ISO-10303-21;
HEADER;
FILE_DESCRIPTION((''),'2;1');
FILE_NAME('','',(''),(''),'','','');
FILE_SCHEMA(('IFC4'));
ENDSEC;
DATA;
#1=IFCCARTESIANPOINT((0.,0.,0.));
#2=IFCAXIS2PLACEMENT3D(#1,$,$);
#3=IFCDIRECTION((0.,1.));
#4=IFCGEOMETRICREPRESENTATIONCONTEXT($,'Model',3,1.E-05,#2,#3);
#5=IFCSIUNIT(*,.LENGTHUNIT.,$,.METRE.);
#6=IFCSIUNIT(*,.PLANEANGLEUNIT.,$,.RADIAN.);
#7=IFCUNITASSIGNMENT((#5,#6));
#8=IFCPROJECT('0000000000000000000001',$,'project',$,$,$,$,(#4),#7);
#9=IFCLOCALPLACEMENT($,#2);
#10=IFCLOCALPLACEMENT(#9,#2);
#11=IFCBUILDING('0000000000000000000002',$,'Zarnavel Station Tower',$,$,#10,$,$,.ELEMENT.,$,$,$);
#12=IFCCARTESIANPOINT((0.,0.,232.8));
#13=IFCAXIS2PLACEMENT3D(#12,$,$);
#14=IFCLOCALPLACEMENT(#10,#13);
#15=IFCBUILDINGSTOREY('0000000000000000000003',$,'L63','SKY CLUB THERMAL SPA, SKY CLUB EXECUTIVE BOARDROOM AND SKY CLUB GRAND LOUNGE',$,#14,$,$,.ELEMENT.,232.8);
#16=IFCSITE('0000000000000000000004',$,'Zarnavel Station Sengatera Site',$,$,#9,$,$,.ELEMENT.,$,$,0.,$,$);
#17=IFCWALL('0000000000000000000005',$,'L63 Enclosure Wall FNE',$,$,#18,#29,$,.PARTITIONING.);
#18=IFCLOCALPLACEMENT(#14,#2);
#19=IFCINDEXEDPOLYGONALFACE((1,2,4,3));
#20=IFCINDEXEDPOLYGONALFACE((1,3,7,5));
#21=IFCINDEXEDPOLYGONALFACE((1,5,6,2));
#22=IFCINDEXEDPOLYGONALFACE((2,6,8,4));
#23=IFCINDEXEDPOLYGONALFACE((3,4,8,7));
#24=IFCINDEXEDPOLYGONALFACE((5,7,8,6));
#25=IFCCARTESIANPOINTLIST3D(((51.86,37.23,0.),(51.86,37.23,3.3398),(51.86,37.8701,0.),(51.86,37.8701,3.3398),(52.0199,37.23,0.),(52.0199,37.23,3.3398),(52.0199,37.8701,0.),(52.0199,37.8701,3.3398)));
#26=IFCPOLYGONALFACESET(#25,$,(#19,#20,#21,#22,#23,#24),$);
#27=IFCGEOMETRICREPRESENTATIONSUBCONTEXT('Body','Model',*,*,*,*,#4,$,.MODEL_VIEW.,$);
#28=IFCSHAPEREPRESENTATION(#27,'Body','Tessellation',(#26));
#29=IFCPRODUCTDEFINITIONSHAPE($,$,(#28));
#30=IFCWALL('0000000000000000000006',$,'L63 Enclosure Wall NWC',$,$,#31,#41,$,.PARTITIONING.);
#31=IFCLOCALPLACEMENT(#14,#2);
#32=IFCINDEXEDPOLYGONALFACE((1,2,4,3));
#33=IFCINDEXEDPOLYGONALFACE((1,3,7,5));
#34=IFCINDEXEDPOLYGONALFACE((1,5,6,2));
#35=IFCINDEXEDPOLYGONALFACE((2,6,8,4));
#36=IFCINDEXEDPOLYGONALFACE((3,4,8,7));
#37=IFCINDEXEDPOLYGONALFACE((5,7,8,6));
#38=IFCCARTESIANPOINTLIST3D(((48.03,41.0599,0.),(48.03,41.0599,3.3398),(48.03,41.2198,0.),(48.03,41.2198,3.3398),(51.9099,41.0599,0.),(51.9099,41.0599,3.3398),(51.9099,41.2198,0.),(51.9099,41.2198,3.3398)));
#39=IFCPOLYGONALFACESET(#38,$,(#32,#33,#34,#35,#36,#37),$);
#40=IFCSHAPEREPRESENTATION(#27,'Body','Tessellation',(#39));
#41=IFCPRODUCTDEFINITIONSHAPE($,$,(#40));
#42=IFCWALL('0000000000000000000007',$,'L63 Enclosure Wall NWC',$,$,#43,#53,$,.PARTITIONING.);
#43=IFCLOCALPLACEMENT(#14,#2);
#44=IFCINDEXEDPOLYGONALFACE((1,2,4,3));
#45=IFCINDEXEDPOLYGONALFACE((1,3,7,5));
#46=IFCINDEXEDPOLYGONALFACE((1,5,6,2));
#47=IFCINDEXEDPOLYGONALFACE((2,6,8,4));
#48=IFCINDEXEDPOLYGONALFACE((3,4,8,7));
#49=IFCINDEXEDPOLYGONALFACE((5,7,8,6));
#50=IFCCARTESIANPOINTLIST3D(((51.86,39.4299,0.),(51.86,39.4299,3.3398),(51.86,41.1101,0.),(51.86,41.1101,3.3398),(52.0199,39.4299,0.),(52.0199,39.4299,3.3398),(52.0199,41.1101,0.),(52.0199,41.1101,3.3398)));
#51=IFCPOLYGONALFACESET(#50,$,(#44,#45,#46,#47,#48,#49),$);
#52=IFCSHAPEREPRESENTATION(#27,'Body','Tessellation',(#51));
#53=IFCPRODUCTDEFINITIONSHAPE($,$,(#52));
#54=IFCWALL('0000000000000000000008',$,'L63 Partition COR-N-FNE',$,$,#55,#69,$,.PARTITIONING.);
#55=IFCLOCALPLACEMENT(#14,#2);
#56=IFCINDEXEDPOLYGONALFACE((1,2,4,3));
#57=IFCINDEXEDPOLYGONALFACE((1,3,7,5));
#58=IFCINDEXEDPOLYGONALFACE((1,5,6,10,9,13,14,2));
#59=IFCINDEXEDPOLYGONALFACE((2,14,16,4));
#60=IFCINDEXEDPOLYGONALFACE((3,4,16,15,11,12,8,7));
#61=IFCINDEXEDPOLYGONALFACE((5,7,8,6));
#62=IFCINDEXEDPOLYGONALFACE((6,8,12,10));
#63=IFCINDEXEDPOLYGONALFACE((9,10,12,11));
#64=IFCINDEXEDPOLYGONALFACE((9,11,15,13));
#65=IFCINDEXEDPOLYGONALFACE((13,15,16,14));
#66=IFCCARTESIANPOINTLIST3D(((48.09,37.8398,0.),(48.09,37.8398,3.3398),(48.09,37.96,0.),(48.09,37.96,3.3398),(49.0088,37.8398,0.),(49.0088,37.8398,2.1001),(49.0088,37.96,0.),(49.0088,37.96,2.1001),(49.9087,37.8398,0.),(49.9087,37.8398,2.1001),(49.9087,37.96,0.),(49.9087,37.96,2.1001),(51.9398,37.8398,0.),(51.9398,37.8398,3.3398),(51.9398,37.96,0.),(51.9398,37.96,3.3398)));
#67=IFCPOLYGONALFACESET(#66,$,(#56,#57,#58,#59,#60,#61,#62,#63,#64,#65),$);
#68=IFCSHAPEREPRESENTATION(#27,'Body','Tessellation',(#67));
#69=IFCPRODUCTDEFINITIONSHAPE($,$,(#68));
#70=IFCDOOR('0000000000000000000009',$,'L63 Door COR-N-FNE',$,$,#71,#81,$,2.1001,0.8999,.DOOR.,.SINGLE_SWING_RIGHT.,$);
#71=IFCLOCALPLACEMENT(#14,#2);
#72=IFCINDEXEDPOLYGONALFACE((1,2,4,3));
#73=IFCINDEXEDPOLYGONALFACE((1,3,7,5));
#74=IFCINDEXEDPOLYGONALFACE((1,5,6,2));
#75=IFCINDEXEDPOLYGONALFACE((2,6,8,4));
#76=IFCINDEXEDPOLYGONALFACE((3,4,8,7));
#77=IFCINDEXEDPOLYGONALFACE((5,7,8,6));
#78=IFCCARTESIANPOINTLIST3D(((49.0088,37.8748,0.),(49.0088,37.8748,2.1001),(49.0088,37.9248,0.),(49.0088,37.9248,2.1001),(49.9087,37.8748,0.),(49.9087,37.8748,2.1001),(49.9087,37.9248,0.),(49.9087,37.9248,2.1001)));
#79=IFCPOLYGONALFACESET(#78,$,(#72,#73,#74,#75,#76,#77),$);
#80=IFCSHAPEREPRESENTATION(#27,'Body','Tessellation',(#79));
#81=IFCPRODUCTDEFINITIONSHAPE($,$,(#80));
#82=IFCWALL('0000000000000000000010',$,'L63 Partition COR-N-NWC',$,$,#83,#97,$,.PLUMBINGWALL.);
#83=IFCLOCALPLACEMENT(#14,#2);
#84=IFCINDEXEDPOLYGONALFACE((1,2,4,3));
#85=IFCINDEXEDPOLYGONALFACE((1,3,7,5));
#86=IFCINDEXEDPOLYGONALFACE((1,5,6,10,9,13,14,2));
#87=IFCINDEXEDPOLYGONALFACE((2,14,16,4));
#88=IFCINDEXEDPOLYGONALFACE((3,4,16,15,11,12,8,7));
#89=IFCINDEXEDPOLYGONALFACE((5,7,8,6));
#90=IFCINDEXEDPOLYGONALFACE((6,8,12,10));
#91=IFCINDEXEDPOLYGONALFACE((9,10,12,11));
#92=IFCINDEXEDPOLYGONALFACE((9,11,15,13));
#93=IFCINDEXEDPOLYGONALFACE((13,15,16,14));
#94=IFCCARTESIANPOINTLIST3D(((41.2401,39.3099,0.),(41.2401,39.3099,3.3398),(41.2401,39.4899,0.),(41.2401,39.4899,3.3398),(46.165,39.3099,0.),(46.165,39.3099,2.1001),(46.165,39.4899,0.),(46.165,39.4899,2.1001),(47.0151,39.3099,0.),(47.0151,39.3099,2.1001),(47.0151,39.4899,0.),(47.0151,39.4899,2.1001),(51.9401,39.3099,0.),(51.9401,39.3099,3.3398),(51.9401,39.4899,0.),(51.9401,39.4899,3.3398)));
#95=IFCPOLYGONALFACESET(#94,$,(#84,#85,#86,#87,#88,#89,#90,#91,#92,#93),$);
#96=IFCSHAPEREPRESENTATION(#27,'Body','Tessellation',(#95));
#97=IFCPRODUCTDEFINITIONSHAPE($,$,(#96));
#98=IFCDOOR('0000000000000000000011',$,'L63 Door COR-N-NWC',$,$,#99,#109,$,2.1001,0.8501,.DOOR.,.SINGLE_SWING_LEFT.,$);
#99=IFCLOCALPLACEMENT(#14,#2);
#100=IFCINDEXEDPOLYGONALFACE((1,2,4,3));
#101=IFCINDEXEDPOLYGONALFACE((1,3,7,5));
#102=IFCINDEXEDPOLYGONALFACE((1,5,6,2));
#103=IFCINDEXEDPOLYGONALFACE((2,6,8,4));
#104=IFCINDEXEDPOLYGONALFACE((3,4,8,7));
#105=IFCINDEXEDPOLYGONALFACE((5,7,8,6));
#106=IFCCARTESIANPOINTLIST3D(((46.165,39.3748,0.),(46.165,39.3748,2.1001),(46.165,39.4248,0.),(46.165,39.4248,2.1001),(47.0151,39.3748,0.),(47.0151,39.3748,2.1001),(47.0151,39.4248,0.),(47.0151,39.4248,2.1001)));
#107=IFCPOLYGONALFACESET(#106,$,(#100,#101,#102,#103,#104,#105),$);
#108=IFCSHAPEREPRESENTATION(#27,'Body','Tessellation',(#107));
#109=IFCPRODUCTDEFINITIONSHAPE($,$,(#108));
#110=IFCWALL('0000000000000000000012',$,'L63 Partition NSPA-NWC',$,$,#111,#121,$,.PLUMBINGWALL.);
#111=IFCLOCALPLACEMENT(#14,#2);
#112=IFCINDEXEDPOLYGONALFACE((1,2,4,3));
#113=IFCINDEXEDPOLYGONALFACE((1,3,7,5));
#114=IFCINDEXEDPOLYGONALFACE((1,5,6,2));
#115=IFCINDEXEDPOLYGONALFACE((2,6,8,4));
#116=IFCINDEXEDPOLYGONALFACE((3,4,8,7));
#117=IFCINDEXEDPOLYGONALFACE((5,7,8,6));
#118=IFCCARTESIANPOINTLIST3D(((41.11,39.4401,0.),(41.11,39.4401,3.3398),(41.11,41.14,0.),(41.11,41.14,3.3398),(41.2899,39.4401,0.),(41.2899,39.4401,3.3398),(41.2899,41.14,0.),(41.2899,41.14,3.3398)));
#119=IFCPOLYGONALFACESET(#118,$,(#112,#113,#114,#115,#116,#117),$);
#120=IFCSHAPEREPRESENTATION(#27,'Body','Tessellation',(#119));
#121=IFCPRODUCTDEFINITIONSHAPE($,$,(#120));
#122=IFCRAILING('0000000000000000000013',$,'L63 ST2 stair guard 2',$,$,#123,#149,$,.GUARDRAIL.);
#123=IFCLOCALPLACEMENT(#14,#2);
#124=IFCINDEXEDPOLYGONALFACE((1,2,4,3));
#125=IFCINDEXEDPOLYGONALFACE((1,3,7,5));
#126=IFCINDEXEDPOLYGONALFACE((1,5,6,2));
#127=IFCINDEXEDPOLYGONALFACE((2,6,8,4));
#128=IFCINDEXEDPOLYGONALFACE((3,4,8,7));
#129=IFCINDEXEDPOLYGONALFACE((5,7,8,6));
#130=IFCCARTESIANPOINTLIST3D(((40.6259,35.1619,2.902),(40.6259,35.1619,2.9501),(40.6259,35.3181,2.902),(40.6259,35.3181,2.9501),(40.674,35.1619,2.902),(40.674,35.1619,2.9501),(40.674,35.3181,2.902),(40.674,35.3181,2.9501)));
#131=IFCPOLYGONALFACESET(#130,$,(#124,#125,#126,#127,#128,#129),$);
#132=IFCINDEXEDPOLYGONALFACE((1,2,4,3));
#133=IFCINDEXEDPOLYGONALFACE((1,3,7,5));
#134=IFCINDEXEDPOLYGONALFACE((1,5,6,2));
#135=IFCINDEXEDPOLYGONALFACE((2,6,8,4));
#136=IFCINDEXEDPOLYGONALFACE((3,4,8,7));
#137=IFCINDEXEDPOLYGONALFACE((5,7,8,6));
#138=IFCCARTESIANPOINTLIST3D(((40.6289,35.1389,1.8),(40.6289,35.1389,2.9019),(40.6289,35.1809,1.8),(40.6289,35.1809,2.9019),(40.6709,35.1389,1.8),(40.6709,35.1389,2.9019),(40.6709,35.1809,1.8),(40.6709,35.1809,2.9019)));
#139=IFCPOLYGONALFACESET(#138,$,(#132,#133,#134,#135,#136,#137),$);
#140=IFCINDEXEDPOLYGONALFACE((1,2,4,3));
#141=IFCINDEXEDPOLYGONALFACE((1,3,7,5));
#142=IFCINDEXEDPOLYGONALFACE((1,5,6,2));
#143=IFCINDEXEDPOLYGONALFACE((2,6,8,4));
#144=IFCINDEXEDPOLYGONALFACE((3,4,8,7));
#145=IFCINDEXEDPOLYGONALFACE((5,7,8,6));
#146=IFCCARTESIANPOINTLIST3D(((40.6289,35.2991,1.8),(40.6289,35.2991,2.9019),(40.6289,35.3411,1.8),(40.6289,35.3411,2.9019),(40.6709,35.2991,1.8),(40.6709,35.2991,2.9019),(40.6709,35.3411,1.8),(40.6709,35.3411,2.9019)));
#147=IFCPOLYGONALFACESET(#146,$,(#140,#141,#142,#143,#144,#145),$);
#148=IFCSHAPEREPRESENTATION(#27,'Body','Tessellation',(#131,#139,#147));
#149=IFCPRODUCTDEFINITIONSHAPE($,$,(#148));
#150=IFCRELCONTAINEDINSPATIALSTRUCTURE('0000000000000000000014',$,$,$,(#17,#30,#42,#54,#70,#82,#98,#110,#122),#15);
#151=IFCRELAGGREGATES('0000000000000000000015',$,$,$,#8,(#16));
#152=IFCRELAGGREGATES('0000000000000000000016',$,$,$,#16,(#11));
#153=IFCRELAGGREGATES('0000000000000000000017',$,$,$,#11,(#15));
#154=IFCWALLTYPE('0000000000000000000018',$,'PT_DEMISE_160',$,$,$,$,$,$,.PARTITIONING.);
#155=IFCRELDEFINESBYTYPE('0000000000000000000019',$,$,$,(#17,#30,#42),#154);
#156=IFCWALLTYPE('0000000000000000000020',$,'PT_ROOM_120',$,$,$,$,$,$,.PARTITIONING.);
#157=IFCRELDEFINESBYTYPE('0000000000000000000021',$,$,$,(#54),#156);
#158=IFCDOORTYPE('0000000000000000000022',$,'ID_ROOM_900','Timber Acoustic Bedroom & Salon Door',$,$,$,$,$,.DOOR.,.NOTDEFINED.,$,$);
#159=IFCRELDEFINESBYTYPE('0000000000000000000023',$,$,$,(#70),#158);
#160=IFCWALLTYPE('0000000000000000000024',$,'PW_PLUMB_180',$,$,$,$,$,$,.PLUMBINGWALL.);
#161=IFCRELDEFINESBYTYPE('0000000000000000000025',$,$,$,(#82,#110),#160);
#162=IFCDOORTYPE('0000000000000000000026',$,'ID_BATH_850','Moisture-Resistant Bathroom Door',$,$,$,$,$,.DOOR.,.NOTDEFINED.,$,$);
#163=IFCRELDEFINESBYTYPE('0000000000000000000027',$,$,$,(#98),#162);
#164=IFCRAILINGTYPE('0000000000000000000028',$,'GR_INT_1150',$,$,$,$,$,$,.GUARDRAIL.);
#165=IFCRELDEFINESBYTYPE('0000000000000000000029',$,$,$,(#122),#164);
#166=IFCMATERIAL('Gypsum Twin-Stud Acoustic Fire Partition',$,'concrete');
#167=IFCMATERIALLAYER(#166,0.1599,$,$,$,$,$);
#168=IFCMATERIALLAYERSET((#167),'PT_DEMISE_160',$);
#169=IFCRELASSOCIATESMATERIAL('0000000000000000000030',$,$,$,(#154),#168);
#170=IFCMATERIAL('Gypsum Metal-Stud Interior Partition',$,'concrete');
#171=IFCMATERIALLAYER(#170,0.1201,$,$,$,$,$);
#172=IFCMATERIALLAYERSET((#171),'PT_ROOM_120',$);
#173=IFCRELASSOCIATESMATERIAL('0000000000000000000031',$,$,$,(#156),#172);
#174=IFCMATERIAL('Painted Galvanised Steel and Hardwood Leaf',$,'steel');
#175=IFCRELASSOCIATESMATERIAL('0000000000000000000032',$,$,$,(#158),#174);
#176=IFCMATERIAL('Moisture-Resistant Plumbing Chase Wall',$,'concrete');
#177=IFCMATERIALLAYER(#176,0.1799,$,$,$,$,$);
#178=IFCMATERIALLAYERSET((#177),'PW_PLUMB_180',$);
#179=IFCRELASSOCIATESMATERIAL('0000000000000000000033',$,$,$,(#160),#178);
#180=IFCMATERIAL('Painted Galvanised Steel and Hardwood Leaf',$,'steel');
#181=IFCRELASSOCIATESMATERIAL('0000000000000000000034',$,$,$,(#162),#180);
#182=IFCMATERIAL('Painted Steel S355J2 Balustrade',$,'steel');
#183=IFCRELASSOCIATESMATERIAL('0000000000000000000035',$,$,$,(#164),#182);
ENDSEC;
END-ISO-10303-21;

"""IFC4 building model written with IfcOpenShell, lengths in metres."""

from ifc_helpers import new_model, si_unit, direction, frame, frame_2d, origin, origin_2d, place, context, subcontext, project, spatial, rectangle, extrude, material, layer, layer_set, type_object, element, fill, save


model = new_model("IFC4")

# Units and contexts
model_context = context("Model", 3, precision=1e-05, world=origin(), true_north=direction((0.0, 1.0)))
body_context = subcontext(model_context, "Body", "Model", "MODEL_VIEW")
ifc_project = project(units=[si_unit("LENGTHUNIT", "METRE"), si_unit("PLANEANGLEUNIT", "RADIAN")], contexts=[model_context])

# Site, building, storey
site_placement = place(None, origin())
site = spatial("IfcSite", under=ifc_project, at=site_placement, Name="Zarnavel Station Sengatera Site", CompositionType="ELEMENT", RefElevation=0.0)
building_placement = place(site_placement, origin())
building = spatial("IfcBuilding", under=site, at=building_placement, Name="Zarnavel Station Tower", CompositionType="ELEMENT")
storey_placement = place(building_placement, frame((0.0, 0.0, 232.8)))
storey = spatial("IfcBuildingStorey", under=building, at=storey_placement, Name="L63", Description="SKY CLUB THERMAL SPA, SKY CLUB EXECUTIVE BOARDROOM AND SKY CLUB GRAND LOUNGE", CompositionType="ELEMENT", Elevation=232.8)

# Walls
ifc_material_1 = material(Name="Gypsum Twin-Stud Acoustic Fire Partition", Category="concrete")
ifc_layer_1 = layer(ifc_material_1, 0.1599)
ifc_layer_set_1 = layer_set([ifc_layer_1], Name="PT_DEMISE_160")
wall_type_1 = type_object("IfcWallType", Name="PT_DEMISE_160", PredefinedType="PARTITIONING", material=ifc_layer_set_1)
wall_1_placement = place(storey_placement, frame((51.9399, 37.23, 0.0), z_axis=(0.0, 0.0, 1.0), x_axis=(0.0, 1.0, 0.0)))
element("IfcWall", 1, at=wall_1_placement, inside=storey, type_object=wall_type_1, Name="L63 Enclosure Wall FNE", PredefinedType="PARTITIONING", context=body_context, shape_type="SweptSolid", body=[
    extrude(rectangle(XDim=0.6401, YDim=0.1599, at=frame_2d((0.3201, 0.0))), origin(), (0.0, 0.0, 1.0), 3.3398),
])
wall_2_placement = place(storey_placement, frame((48.03, 41.1399, 0.0), z_axis=(0.0, 0.0, 1.0), x_axis=(1.0, 0.0, 0.0)))
element("IfcWall", 2, at=wall_2_placement, inside=storey, type_object=wall_type_1, Name="L63 Enclosure Wall NWC", PredefinedType="PARTITIONING", context=body_context, shape_type="SweptSolid", body=[
    extrude(rectangle(XDim=3.8799, YDim=0.1599, at=frame_2d((1.9399, 0.0))), origin(), (0.0, 0.0, 1.0), 3.3398),
])
wall_3_placement = place(storey_placement, frame((51.9399, 39.4299, 0.0), z_axis=(0.0, 0.0, 1.0), x_axis=(0.0, 1.0, 0.0)))
element("IfcWall", 3, at=wall_3_placement, inside=storey, type_object=wall_type_1, Name="L63 Enclosure Wall NWC", PredefinedType="PARTITIONING", context=body_context, shape_type="SweptSolid", body=[
    extrude(rectangle(XDim=1.6802, YDim=0.1599, at=frame_2d((0.8401, 0.0))), origin(), (0.0, 0.0, 1.0), 3.3398),
])

# Walls, openings, doors
ifc_material_2 = material(Name="Gypsum Metal-Stud Interior Partition", Category="concrete")
ifc_layer_2 = layer(ifc_material_2, 0.1201)
ifc_layer_set_2 = layer_set([ifc_layer_2], Name="PT_ROOM_120")
wall_type_2 = type_object("IfcWallType", Name="PT_ROOM_120", PredefinedType="PARTITIONING", material=ifc_layer_set_2)
wall_4_placement = place(storey_placement, frame((48.0901, 37.8999, 0.0), z_axis=(0.0, 0.0, 1.0), x_axis=(1.0, 0.0, 0.0)))
wall_4 = element("IfcWall", 4, at=wall_4_placement, inside=storey, type_object=wall_type_2, Name="L63 Partition COR-N-FNE", PredefinedType="PARTITIONING", context=body_context, shape_type="SweptSolid", body=[
    extrude(rectangle(XDim=3.8499, YDim=0.1201, at=frame_2d((1.9248, 0.0))), origin(), (0.0, 0.0, 1.0), 3.3398),
])
opening_1_placement = place(wall_4_placement, frame((0.9187, 0.0, 0.0)))
opening_1 = element("IfcOpeningElement", 5, at=opening_1_placement, cuts=wall_4, PredefinedType="OPENING", context=body_context, shape_type="SweptSolid", body=[
    extrude(rectangle(XDim=0.8999, YDim=2.1001, at=frame_2d((0.45, 1.05))), frame((0.0, 0.0701, 0.0), z_axis=(0.0, -1.0, 0.0), x_axis=(1.0, 0.0, 0.0)), (0.0, 0.0, 1.0), 0.1401),
])
ifc_material_3 = material(Name="Painted Galvanised Steel and Hardwood Leaf", Category="steel")
door_type_1 = type_object("IfcDoorType", Name="ID_ROOM_900", Description="Timber Acoustic Bedroom & Salon Door", OperationType="NOTDEFINED", PredefinedType="DOOR", material=ifc_material_3)
door_1_placement = place(opening_1_placement, origin())
door_1 = element("IfcDoor", 6, at=door_1_placement, inside=storey, type_object=door_type_1, Name="L63 Door COR-N-FNE", OperationType="SINGLE_SWING_RIGHT", OverallHeight=2.1001, OverallWidth=0.8999, PredefinedType="DOOR", context=body_context, shape_type="SweptSolid", body=[
    extrude(rectangle(XDim=0.8999, YDim=2.1001, at=frame_2d((0.45, 1.05))), frame((0.0, 0.0249, 0.0), z_axis=(0.0, -1.0, 0.0), x_axis=(1.0, 0.0, 0.0)), (0.0, 0.0, 1.0), 0.05),
])
fill(opening_1, door_1)
ifc_material_4 = material(Name="Moisture-Resistant Plumbing Chase Wall", Category="concrete")
ifc_layer_3 = layer(ifc_material_4, 0.1799)
ifc_layer_set_3 = layer_set([ifc_layer_3], Name="PW_PLUMB_180")
wall_type_3 = type_object("IfcWallType", Name="PW_PLUMB_180", PredefinedType="PLUMBINGWALL", material=ifc_layer_set_3)
wall_5_placement = place(storey_placement, frame((41.24, 39.3999, 0.0), z_axis=(0.0, 0.0, 1.0), x_axis=(1.0, 0.0, 0.0)))
wall_5 = element("IfcWall", 7, at=wall_5_placement, inside=storey, type_object=wall_type_3, Name="L63 Partition COR-N-NWC", PredefinedType="PLUMBINGWALL", context=body_context, shape_type="SweptSolid", body=[
    extrude(rectangle(XDim=10.7, YDim=0.1799, at=frame_2d((5.3501, 0.0))), origin(), (0.0, 0.0, 1.0), 3.3398),
])
opening_2_placement = place(wall_5_placement, frame((4.925, 0.0, 0.0)))
opening_2 = element("IfcOpeningElement", 8, at=opening_2_placement, cuts=wall_5, PredefinedType="OPENING", context=body_context, shape_type="SweptSolid", body=[
    extrude(rectangle(XDim=0.8501, YDim=2.1001, at=frame_2d((0.425, 1.05))), frame((0.0, 0.0999, 0.0), z_axis=(0.0, -1.0, 0.0), x_axis=(1.0, 0.0, 0.0)), (0.0, 0.0, 1.0), 0.2),
])
ifc_material_5 = material(Name="Painted Galvanised Steel and Hardwood Leaf", Category="steel")
door_type_2 = type_object("IfcDoorType", Name="ID_BATH_850", Description="Moisture-Resistant Bathroom Door", OperationType="NOTDEFINED", PredefinedType="DOOR", material=ifc_material_5)
door_2_placement = place(opening_2_placement, origin())
door_2 = element("IfcDoor", 9, at=door_2_placement, inside=storey, type_object=door_type_2, Name="L63 Door COR-N-NWC", OperationType="SINGLE_SWING_LEFT", OverallHeight=2.1001, OverallWidth=0.8501, PredefinedType="DOOR", context=body_context, shape_type="SweptSolid", body=[
    extrude(rectangle(XDim=0.8501, YDim=2.1001, at=frame_2d((0.425, 1.05))), frame((0.0, 0.0249, 0.0), z_axis=(0.0, -1.0, 0.0), x_axis=(1.0, 0.0, 0.0)), (0.0, 0.0, 1.0), 0.05),
])
fill(opening_2, door_2)

# Wall
wall_6_placement = place(storey_placement, frame((41.2, 39.4399, 0.0), z_axis=(0.0, 0.0, 1.0), x_axis=(0.0, 1.0, 0.0)))
element("IfcWall", 10, at=wall_6_placement, inside=storey, type_object=wall_type_3, Name="L63 Partition NSPA-NWC", PredefinedType="PLUMBINGWALL", context=body_context, shape_type="SweptSolid", body=[
    extrude(rectangle(XDim=1.7, YDim=0.1799, at=frame_2d((0.8501, 0.0))), origin(), (0.0, 0.0, 1.0), 3.3398),
])

# Railing
ifc_material_6 = material(Name="Painted Steel S355J2 Balustrade", Category="steel")
railing_type = type_object("IfcRailingType", Name="GR_INT_1150", PredefinedType="GUARDRAIL", material=ifc_material_6)
railing_placement = place(storey_placement, frame((40.6499, 35.1599, 1.8)))
element("IfcRailing", 11, at=railing_placement, inside=storey, type_object=railing_type, Name="L63 ST2 stair guard 2", PredefinedType="GUARDRAIL", context=body_context, shape_type="SweptSolid", body=[
    extrude(rectangle(XDim=0.0481, YDim=0.0481, at=origin_2d()), frame((0.0, 0.002, 1.126), z_axis=(0.0, 1.0, 0.0), x_axis=(-1.0, 0.0, 0.0)), (0.0, 0.0, 1.0), 0.1562),
    extrude(rectangle(XDim=0.042, YDim=0.042, at=origin_2d()), origin(), (0.0, 0.0, 1.0), 1.1018),
    extrude(rectangle(XDim=0.042, YDim=0.042, at=origin_2d()), frame((0.0, 0.1602, 0.0)), (0.0, 0.0, 1.0), 1.1018),
])

save(model, "model.ifc")
